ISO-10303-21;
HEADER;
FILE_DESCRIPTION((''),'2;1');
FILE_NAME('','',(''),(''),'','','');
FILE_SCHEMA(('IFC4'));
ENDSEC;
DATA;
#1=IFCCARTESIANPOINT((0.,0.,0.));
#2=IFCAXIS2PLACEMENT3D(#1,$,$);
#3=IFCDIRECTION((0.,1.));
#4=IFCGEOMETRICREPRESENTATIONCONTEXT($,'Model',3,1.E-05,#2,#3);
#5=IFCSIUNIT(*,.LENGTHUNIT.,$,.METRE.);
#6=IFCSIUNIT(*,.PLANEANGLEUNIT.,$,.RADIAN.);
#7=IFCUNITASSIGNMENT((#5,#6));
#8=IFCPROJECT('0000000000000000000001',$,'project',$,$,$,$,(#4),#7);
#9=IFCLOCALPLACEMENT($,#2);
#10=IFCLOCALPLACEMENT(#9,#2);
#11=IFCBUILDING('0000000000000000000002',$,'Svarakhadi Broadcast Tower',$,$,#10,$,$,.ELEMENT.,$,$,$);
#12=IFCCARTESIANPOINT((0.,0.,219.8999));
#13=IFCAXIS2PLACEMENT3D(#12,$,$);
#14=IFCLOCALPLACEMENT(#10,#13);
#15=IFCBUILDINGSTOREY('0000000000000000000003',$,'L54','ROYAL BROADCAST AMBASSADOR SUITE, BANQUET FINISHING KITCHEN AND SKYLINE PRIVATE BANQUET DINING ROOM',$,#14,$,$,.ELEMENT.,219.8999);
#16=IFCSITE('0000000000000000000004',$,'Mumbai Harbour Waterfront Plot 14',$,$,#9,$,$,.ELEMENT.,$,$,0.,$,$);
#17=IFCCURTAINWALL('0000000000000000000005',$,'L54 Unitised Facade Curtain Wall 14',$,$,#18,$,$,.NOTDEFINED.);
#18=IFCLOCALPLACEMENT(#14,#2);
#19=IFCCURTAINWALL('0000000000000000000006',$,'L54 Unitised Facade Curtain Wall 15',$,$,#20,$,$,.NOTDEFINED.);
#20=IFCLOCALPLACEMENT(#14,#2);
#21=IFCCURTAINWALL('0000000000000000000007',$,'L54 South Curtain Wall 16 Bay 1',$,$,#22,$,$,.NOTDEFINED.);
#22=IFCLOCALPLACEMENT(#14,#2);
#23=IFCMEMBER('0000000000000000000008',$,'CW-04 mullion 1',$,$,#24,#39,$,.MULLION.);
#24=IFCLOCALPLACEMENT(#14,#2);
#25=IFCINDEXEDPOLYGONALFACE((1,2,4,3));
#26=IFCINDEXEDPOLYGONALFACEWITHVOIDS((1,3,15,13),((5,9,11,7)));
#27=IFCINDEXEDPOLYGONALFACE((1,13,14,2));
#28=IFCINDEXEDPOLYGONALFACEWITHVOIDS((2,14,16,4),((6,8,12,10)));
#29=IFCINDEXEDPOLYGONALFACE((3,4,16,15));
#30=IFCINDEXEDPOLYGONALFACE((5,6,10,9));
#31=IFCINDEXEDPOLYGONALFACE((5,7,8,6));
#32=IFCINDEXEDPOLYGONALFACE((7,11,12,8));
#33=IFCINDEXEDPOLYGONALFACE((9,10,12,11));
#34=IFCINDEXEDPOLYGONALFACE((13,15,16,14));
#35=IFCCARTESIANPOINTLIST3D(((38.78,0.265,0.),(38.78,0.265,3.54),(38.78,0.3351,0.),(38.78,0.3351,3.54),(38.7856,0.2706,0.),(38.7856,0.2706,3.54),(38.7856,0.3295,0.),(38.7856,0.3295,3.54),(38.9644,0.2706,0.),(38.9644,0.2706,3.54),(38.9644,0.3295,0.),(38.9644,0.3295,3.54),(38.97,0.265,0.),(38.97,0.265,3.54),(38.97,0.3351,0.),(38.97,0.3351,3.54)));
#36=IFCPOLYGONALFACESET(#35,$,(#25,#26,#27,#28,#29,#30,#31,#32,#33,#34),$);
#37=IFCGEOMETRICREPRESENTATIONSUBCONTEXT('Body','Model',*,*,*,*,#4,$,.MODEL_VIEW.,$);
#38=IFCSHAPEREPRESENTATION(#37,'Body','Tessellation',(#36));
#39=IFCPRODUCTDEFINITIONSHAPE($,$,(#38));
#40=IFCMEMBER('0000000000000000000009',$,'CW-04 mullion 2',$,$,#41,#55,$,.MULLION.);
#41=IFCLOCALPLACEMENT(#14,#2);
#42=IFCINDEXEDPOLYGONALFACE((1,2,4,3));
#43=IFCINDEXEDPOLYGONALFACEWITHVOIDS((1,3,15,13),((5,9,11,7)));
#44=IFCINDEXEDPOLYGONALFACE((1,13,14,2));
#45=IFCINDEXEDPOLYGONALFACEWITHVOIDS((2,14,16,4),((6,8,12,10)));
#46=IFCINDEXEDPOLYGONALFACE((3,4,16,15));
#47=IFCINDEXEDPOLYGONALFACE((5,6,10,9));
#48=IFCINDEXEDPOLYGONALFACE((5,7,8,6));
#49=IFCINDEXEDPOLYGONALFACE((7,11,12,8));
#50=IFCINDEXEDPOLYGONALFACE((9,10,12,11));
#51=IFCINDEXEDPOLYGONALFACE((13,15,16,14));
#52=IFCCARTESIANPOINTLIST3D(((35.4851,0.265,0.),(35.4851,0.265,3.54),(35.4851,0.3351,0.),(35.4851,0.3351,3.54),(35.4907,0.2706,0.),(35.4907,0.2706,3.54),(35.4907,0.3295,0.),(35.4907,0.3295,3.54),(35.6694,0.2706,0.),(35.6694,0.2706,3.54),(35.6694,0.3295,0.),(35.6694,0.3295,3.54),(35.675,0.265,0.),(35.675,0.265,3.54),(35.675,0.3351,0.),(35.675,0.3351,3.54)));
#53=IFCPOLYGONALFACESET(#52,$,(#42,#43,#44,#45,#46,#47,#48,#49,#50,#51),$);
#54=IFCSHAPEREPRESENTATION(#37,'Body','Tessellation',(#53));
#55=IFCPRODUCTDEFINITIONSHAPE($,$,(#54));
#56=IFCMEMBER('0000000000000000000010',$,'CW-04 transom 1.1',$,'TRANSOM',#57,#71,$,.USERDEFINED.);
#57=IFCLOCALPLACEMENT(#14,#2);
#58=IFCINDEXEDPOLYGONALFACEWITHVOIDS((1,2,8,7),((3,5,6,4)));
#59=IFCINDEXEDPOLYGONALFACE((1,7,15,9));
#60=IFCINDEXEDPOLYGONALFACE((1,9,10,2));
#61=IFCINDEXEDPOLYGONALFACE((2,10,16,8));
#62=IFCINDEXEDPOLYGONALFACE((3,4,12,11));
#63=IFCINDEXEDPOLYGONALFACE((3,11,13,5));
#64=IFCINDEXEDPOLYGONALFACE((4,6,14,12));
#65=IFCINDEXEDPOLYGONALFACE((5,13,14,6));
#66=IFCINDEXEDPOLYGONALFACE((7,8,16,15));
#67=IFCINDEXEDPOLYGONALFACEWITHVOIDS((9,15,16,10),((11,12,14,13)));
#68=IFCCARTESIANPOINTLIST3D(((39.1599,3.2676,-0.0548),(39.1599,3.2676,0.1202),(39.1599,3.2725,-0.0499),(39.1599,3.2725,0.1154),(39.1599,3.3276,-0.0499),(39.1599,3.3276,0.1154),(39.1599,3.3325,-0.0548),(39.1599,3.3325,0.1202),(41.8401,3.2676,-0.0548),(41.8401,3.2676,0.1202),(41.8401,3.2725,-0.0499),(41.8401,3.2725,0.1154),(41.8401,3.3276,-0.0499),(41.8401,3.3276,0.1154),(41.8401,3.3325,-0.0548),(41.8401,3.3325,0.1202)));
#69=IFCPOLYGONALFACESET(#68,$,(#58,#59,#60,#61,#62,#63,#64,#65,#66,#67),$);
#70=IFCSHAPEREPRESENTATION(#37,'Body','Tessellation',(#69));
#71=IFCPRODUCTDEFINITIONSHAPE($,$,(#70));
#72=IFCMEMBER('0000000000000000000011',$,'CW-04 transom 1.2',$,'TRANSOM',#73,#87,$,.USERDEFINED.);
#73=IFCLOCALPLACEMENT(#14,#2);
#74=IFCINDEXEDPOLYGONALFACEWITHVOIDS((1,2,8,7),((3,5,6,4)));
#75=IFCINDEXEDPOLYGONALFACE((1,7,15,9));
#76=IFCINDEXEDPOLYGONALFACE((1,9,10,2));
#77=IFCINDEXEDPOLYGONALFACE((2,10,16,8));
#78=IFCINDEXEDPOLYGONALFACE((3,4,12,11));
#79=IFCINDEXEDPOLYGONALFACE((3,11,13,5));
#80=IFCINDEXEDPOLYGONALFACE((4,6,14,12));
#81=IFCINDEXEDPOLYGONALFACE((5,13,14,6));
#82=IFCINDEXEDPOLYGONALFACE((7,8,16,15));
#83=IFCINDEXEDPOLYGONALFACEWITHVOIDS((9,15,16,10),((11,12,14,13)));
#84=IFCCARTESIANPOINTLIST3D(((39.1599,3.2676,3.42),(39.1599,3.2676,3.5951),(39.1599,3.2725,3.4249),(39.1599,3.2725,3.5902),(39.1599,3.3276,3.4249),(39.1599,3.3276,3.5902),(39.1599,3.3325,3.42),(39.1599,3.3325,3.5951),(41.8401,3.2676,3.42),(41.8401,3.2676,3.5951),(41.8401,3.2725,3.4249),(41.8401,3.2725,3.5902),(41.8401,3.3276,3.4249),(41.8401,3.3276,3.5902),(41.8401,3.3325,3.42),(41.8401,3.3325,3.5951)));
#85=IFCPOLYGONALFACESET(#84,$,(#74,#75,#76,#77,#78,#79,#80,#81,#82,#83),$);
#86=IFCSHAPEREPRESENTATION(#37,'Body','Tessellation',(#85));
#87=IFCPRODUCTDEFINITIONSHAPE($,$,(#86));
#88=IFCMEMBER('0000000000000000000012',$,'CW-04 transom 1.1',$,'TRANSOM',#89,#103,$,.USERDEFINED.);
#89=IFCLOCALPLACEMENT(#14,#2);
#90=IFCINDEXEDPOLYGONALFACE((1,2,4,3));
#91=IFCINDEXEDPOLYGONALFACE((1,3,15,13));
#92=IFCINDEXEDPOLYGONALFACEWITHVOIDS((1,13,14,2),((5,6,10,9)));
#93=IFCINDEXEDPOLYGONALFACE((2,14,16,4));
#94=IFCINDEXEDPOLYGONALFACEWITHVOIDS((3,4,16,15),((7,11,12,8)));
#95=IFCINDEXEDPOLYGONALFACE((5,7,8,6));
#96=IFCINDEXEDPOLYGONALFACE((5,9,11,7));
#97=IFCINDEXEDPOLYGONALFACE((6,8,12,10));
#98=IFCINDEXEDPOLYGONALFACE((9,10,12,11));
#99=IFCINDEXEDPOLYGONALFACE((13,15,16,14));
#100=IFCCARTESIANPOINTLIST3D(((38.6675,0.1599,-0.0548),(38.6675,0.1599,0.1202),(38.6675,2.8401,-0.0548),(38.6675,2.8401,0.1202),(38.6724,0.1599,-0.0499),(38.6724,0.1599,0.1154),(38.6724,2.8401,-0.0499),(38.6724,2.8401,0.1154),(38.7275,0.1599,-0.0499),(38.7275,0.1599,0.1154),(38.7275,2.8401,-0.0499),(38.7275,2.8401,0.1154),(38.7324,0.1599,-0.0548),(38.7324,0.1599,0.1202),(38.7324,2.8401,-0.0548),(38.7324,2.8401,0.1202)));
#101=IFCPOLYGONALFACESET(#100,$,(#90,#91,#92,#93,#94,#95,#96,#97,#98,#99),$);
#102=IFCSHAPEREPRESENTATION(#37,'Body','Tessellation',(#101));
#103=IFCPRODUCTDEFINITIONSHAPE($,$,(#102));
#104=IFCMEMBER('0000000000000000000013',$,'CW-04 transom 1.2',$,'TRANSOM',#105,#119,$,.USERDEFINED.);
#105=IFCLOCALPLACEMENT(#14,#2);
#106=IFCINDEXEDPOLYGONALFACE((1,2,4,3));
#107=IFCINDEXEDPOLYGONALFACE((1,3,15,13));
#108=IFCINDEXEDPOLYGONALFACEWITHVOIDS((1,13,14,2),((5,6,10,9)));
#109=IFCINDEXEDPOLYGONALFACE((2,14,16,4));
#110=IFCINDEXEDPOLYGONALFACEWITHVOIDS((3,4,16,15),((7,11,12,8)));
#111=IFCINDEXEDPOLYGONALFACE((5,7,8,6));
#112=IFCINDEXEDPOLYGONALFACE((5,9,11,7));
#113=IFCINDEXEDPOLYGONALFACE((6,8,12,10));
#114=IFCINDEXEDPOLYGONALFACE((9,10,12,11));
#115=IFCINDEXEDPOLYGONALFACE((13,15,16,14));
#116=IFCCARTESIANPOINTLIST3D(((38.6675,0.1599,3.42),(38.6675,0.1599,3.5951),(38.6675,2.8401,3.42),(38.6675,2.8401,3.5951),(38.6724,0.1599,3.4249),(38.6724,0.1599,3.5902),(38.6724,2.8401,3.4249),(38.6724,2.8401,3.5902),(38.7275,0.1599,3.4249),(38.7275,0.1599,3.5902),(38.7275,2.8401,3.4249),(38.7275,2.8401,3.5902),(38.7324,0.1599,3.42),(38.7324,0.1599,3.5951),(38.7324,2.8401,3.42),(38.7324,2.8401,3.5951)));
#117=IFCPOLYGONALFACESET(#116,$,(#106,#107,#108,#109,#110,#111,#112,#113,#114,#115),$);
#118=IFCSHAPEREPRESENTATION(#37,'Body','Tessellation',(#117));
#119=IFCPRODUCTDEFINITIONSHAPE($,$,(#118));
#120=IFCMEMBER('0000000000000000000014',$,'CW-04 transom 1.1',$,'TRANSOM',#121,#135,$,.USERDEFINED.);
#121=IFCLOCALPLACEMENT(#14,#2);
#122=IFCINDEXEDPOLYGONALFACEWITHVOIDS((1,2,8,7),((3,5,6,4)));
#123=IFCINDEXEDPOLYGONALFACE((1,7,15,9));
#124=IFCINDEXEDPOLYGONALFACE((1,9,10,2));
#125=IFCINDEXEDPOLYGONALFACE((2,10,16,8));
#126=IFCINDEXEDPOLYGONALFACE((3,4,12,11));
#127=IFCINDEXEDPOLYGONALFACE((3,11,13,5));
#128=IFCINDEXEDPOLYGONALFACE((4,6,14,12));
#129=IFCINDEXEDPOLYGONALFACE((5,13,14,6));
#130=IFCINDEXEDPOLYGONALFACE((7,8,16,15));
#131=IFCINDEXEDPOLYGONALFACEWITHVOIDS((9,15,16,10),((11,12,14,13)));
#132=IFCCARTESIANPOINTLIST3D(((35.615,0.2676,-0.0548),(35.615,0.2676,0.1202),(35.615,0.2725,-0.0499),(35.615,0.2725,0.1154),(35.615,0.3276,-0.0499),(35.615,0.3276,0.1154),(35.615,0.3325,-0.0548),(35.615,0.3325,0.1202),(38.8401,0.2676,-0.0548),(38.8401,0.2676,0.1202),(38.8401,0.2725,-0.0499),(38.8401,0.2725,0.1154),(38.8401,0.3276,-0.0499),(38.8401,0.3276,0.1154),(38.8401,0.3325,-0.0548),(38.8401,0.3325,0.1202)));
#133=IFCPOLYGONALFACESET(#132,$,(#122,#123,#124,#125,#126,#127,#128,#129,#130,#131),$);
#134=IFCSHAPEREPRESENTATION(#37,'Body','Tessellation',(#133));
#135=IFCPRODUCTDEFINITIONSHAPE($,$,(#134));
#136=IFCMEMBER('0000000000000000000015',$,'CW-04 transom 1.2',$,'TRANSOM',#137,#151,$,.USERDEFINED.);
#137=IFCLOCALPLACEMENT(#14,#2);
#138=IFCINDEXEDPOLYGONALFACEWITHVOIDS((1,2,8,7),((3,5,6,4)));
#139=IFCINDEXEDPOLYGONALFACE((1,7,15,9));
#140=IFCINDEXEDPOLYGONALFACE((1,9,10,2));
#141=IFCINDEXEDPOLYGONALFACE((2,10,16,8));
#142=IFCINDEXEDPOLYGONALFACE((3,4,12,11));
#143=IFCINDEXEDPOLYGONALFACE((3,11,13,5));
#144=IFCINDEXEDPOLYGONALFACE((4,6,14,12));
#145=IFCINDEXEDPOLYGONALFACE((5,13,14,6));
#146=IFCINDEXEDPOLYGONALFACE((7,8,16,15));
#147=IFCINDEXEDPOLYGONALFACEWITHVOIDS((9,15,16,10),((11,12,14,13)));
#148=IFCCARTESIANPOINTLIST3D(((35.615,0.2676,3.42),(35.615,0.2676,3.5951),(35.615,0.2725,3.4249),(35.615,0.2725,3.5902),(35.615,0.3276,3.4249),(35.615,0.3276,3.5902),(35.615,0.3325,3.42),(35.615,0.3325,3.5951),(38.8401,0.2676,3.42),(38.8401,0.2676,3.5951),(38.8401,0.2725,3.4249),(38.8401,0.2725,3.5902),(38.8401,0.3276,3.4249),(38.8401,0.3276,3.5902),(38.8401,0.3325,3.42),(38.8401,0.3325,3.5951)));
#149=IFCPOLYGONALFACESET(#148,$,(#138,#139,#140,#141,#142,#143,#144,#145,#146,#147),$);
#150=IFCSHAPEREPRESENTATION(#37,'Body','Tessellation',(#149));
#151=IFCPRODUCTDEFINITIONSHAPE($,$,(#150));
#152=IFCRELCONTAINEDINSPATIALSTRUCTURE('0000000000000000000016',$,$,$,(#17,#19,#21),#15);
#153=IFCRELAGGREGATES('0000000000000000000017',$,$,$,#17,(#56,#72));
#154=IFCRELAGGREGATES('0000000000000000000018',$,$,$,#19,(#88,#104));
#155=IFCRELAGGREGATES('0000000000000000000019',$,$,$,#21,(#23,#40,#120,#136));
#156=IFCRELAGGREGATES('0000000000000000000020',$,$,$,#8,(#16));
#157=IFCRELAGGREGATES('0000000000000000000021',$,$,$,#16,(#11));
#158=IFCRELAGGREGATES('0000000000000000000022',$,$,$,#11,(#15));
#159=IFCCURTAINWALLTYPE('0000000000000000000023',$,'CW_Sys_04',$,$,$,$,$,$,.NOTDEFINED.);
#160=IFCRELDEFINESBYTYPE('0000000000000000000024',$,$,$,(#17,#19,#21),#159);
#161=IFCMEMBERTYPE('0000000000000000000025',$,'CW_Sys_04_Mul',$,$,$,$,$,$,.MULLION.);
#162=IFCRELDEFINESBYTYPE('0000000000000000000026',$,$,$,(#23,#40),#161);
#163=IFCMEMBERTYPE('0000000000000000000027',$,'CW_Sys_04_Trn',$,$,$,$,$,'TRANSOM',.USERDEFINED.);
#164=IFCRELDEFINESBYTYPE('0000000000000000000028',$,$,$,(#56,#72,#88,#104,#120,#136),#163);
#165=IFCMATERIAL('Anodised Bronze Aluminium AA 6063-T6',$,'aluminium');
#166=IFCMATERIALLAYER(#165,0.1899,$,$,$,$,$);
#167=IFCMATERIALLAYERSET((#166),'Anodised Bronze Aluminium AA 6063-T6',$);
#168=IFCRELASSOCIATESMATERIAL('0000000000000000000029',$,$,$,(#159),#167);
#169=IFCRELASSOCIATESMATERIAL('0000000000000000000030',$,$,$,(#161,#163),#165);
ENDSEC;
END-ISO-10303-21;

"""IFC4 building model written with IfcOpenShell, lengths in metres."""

from ifc_helpers import new_model, si_unit, direction, frame, origin, origin_2d, place, context, subcontext, project, spatial, hollow_rectangle, extrude, material, layer, layer_set, material_profile, profile_set, type_object, element, aggregate, save


model = new_model("IFC4")

# Units and contexts
model_context = context("Model", 3, precision=1e-05, world=origin(), true_north=direction((0.0, 1.0)))
body_context = subcontext(model_context, "Body", "Model", "MODEL_VIEW")
ifc_project = project(units=[si_unit("LENGTHUNIT", "METRE"), si_unit("PLANEANGLEUNIT", "RADIAN")], contexts=[model_context])

# Site, building, storey
site_placement = place(None, origin())
site = spatial("IfcSite", under=ifc_project, at=site_placement, Name="Mumbai Harbour Waterfront Plot 14", CompositionType="ELEMENT", RefElevation=0.0)
building_placement = place(site_placement, origin())
building = spatial("IfcBuilding", under=site, at=building_placement, Name="Svarakhadi Broadcast Tower", CompositionType="ELEMENT")
storey_placement = place(building_placement, frame((0.0, 0.0, 219.8999)))
storey = spatial("IfcBuildingStorey", under=building, at=storey_placement, Name="L54", Description="ROYAL BROADCAST AMBASSADOR SUITE, BANQUET FINISHING KITCHEN AND SKYLINE PRIVATE BANQUET DINING ROOM", CompositionType="ELEMENT", Elevation=219.8999)

# Shared definitions
ifc_material_1 = material(Name="Anodised Bronze Aluminium AA 6063-T6", Category="aluminium")
ifc_layer_1 = layer(ifc_material_1, 0.1899)
ifc_layer_set_1 = layer_set([ifc_layer_1], Name="Anodised Bronze Aluminium AA 6063-T6")
curtain_wall_type = type_object("IfcCurtainWallType", Name="CW_Sys_04", PredefinedType="NOTDEFINED", material=ifc_layer_set_1)
ifc_material_profile_1 = material_profile(ifc_material_1, hollow_rectangle(XDim=0.0701, YDim=0.1899, WallThickness=0.0056, at=origin_2d()), Name="ALU MULLION 190x70x6")
ifc_profile_set_1 = profile_set([ifc_material_profile_1], Name="Anodised Bronze Aluminium AA 6063-T6")
member_type_1 = type_object("IfcMemberType", Name="CW_Sys_04_Mul", PredefinedType="MULLION", material=ifc_profile_set_1)

# Curtain walls, members
curtain_wall_1_placement = place(storey_placement, origin())
curtain_wall_1 = element("IfcCurtainWall", 1, at=curtain_wall_1_placement, inside=storey, type_object=curtain_wall_type, Name="L54 Unitised Facade Curtain Wall 14", PredefinedType="NOTDEFINED")
curtain_wall_2_placement = place(storey_placement, origin())
curtain_wall_2 = element("IfcCurtainWall", 2, at=curtain_wall_2_placement, inside=storey, type_object=curtain_wall_type, Name="L54 Unitised Facade Curtain Wall 15", PredefinedType="NOTDEFINED")
curtain_wall_3_placement = place(storey_placement, origin())
curtain_wall_3 = element("IfcCurtainWall", 3, at=curtain_wall_3_placement, inside=storey, type_object=curtain_wall_type, Name="L54 South Curtain Wall 16 Bay 1", PredefinedType="NOTDEFINED")
member_1_placement = place(storey_placement, frame((38.875, 0.3, 0.0), z_axis=(0.0, 0.0, 1.0), x_axis=(0.0, -1.0, 0.0)))
member_1 = element("IfcMember", 4, at=member_1_placement, type_object=member_type_1, Name="CW-04 mullion 1", PredefinedType="MULLION", context=body_context, shape_type="SweptSolid", body=[
    extrude(hollow_rectangle(XDim=0.0701, YDim=0.1899, WallThickness=0.0056, at=origin_2d()), origin(), (0.0, 0.0, 1.0), 3.54),
])
member_2_placement = place(storey_placement, frame((35.5801, 0.3, 0.0), z_axis=(0.0, 0.0, 1.0), x_axis=(0.0, -1.0, 0.0)))
member_2 = element("IfcMember", 5, at=member_2_placement, type_object=member_type_1, Name="CW-04 mullion 2", PredefinedType="MULLION", context=body_context, shape_type="SweptSolid", body=[
    extrude(hollow_rectangle(XDim=0.0701, YDim=0.1899, WallThickness=0.0056, at=origin_2d()), origin(), (0.0, 0.0, 1.0), 3.54),
])

# Members
ifc_material_profile_2 = material_profile(ifc_material_1, hollow_rectangle(XDim=0.0649, YDim=0.175, WallThickness=0.0049, at=origin_2d()), Name="ALU TRANSOM 175x65x5")
ifc_profile_set_2 = profile_set([ifc_material_profile_2], Name="Anodised Bronze Aluminium AA 6063-T6")
member_type_2 = type_object("IfcMemberType", Name="CW_Sys_04_Trn", ElementType="TRANSOM", PredefinedType="USERDEFINED", material=ifc_profile_set_2)
member_3_placement = place(storey_placement, frame((41.8401, 3.3, 0.0327), z_axis=(-1.0, 0.0, 0.0), x_axis=(0.0, -1.0, 0.0)))
member_3 = element("IfcMember", 6, at=member_3_placement, type_object=member_type_2, Name="CW-04 transom 1.1", ObjectType="TRANSOM", PredefinedType="USERDEFINED", context=body_context, shape_type="SweptSolid", body=[
    extrude(hollow_rectangle(XDim=0.0649, YDim=0.175, WallThickness=0.0049, at=origin_2d()), origin(), (0.0, 0.0, 1.0), 2.6802),
])
member_4_placement = place(storey_placement, frame((41.8401, 3.3, 3.5076), z_axis=(-1.0, 0.0, 0.0), x_axis=(0.0, -1.0, 0.0)))
member_4 = element("IfcMember", 7, at=member_4_placement, type_object=member_type_2, Name="CW-04 transom 1.2", ObjectType="TRANSOM", PredefinedType="USERDEFINED", context=body_context, shape_type="SweptSolid", body=[
    extrude(hollow_rectangle(XDim=0.0649, YDim=0.175, WallThickness=0.0049, at=origin_2d()), origin(), (0.0, 0.0, 1.0), 2.6802),
])
member_5_placement = place(storey_placement, frame((38.7, 2.8401, 0.0327), z_axis=(0.0, -1.0, 0.0), x_axis=(1.0, 0.0, 0.0)))
member_5 = element("IfcMember", 8, at=member_5_placement, type_object=member_type_2, Name="CW-04 transom 1.1", ObjectType="TRANSOM", PredefinedType="USERDEFINED", context=body_context, shape_type="SweptSolid", body=[
    extrude(hollow_rectangle(XDim=0.0649, YDim=0.175, WallThickness=0.0049, at=origin_2d()), origin(), (0.0, 0.0, 1.0), 2.6802),
])
member_6_placement = place(storey_placement, frame((38.7, 2.8401, 3.5076), z_axis=(0.0, -1.0, 0.0), x_axis=(1.0, 0.0, 0.0)))
member_6 = element("IfcMember", 9, at=member_6_placement, type_object=member_type_2, Name="CW-04 transom 1.2", ObjectType="TRANSOM", PredefinedType="USERDEFINED", context=body_context, shape_type="SweptSolid", body=[
    extrude(hollow_rectangle(XDim=0.0649, YDim=0.175, WallThickness=0.0049, at=origin_2d()), origin(), (0.0, 0.0, 1.0), 2.6802),
])
member_7_placement = place(storey_placement, frame((38.8401, 0.3, 0.0327), z_axis=(-1.0, 0.0, 0.0), x_axis=(0.0, -1.0, 0.0)))
member_7 = element("IfcMember", 10, at=member_7_placement, type_object=member_type_2, Name="CW-04 transom 1.1", ObjectType="TRANSOM", PredefinedType="USERDEFINED", context=body_context, shape_type="SweptSolid", body=[
    extrude(hollow_rectangle(XDim=0.0649, YDim=0.175, WallThickness=0.0049, at=origin_2d()), origin(), (0.0, 0.0, 1.0), 3.2251),
])
member_8_placement = place(storey_placement, frame((38.8401, 0.3, 3.5076), z_axis=(-1.0, 0.0, 0.0), x_axis=(0.0, -1.0, 0.0)))
member_8 = element("IfcMember", 11, at=member_8_placement, type_object=member_type_2, Name="CW-04 transom 1.2", ObjectType="TRANSOM", PredefinedType="USERDEFINED", context=body_context, shape_type="SweptSolid", body=[
    extrude(hollow_rectangle(XDim=0.0649, YDim=0.175, WallThickness=0.0049, at=origin_2d()), origin(), (0.0, 0.0, 1.0), 3.2251),
])

aggregate(curtain_wall_1, [member_3, member_4])
aggregate(curtain_wall_2, [member_5, member_6])
aggregate(curtain_wall_3, [member_1, member_2, member_7, member_8])

save(model, "model.ifc")
